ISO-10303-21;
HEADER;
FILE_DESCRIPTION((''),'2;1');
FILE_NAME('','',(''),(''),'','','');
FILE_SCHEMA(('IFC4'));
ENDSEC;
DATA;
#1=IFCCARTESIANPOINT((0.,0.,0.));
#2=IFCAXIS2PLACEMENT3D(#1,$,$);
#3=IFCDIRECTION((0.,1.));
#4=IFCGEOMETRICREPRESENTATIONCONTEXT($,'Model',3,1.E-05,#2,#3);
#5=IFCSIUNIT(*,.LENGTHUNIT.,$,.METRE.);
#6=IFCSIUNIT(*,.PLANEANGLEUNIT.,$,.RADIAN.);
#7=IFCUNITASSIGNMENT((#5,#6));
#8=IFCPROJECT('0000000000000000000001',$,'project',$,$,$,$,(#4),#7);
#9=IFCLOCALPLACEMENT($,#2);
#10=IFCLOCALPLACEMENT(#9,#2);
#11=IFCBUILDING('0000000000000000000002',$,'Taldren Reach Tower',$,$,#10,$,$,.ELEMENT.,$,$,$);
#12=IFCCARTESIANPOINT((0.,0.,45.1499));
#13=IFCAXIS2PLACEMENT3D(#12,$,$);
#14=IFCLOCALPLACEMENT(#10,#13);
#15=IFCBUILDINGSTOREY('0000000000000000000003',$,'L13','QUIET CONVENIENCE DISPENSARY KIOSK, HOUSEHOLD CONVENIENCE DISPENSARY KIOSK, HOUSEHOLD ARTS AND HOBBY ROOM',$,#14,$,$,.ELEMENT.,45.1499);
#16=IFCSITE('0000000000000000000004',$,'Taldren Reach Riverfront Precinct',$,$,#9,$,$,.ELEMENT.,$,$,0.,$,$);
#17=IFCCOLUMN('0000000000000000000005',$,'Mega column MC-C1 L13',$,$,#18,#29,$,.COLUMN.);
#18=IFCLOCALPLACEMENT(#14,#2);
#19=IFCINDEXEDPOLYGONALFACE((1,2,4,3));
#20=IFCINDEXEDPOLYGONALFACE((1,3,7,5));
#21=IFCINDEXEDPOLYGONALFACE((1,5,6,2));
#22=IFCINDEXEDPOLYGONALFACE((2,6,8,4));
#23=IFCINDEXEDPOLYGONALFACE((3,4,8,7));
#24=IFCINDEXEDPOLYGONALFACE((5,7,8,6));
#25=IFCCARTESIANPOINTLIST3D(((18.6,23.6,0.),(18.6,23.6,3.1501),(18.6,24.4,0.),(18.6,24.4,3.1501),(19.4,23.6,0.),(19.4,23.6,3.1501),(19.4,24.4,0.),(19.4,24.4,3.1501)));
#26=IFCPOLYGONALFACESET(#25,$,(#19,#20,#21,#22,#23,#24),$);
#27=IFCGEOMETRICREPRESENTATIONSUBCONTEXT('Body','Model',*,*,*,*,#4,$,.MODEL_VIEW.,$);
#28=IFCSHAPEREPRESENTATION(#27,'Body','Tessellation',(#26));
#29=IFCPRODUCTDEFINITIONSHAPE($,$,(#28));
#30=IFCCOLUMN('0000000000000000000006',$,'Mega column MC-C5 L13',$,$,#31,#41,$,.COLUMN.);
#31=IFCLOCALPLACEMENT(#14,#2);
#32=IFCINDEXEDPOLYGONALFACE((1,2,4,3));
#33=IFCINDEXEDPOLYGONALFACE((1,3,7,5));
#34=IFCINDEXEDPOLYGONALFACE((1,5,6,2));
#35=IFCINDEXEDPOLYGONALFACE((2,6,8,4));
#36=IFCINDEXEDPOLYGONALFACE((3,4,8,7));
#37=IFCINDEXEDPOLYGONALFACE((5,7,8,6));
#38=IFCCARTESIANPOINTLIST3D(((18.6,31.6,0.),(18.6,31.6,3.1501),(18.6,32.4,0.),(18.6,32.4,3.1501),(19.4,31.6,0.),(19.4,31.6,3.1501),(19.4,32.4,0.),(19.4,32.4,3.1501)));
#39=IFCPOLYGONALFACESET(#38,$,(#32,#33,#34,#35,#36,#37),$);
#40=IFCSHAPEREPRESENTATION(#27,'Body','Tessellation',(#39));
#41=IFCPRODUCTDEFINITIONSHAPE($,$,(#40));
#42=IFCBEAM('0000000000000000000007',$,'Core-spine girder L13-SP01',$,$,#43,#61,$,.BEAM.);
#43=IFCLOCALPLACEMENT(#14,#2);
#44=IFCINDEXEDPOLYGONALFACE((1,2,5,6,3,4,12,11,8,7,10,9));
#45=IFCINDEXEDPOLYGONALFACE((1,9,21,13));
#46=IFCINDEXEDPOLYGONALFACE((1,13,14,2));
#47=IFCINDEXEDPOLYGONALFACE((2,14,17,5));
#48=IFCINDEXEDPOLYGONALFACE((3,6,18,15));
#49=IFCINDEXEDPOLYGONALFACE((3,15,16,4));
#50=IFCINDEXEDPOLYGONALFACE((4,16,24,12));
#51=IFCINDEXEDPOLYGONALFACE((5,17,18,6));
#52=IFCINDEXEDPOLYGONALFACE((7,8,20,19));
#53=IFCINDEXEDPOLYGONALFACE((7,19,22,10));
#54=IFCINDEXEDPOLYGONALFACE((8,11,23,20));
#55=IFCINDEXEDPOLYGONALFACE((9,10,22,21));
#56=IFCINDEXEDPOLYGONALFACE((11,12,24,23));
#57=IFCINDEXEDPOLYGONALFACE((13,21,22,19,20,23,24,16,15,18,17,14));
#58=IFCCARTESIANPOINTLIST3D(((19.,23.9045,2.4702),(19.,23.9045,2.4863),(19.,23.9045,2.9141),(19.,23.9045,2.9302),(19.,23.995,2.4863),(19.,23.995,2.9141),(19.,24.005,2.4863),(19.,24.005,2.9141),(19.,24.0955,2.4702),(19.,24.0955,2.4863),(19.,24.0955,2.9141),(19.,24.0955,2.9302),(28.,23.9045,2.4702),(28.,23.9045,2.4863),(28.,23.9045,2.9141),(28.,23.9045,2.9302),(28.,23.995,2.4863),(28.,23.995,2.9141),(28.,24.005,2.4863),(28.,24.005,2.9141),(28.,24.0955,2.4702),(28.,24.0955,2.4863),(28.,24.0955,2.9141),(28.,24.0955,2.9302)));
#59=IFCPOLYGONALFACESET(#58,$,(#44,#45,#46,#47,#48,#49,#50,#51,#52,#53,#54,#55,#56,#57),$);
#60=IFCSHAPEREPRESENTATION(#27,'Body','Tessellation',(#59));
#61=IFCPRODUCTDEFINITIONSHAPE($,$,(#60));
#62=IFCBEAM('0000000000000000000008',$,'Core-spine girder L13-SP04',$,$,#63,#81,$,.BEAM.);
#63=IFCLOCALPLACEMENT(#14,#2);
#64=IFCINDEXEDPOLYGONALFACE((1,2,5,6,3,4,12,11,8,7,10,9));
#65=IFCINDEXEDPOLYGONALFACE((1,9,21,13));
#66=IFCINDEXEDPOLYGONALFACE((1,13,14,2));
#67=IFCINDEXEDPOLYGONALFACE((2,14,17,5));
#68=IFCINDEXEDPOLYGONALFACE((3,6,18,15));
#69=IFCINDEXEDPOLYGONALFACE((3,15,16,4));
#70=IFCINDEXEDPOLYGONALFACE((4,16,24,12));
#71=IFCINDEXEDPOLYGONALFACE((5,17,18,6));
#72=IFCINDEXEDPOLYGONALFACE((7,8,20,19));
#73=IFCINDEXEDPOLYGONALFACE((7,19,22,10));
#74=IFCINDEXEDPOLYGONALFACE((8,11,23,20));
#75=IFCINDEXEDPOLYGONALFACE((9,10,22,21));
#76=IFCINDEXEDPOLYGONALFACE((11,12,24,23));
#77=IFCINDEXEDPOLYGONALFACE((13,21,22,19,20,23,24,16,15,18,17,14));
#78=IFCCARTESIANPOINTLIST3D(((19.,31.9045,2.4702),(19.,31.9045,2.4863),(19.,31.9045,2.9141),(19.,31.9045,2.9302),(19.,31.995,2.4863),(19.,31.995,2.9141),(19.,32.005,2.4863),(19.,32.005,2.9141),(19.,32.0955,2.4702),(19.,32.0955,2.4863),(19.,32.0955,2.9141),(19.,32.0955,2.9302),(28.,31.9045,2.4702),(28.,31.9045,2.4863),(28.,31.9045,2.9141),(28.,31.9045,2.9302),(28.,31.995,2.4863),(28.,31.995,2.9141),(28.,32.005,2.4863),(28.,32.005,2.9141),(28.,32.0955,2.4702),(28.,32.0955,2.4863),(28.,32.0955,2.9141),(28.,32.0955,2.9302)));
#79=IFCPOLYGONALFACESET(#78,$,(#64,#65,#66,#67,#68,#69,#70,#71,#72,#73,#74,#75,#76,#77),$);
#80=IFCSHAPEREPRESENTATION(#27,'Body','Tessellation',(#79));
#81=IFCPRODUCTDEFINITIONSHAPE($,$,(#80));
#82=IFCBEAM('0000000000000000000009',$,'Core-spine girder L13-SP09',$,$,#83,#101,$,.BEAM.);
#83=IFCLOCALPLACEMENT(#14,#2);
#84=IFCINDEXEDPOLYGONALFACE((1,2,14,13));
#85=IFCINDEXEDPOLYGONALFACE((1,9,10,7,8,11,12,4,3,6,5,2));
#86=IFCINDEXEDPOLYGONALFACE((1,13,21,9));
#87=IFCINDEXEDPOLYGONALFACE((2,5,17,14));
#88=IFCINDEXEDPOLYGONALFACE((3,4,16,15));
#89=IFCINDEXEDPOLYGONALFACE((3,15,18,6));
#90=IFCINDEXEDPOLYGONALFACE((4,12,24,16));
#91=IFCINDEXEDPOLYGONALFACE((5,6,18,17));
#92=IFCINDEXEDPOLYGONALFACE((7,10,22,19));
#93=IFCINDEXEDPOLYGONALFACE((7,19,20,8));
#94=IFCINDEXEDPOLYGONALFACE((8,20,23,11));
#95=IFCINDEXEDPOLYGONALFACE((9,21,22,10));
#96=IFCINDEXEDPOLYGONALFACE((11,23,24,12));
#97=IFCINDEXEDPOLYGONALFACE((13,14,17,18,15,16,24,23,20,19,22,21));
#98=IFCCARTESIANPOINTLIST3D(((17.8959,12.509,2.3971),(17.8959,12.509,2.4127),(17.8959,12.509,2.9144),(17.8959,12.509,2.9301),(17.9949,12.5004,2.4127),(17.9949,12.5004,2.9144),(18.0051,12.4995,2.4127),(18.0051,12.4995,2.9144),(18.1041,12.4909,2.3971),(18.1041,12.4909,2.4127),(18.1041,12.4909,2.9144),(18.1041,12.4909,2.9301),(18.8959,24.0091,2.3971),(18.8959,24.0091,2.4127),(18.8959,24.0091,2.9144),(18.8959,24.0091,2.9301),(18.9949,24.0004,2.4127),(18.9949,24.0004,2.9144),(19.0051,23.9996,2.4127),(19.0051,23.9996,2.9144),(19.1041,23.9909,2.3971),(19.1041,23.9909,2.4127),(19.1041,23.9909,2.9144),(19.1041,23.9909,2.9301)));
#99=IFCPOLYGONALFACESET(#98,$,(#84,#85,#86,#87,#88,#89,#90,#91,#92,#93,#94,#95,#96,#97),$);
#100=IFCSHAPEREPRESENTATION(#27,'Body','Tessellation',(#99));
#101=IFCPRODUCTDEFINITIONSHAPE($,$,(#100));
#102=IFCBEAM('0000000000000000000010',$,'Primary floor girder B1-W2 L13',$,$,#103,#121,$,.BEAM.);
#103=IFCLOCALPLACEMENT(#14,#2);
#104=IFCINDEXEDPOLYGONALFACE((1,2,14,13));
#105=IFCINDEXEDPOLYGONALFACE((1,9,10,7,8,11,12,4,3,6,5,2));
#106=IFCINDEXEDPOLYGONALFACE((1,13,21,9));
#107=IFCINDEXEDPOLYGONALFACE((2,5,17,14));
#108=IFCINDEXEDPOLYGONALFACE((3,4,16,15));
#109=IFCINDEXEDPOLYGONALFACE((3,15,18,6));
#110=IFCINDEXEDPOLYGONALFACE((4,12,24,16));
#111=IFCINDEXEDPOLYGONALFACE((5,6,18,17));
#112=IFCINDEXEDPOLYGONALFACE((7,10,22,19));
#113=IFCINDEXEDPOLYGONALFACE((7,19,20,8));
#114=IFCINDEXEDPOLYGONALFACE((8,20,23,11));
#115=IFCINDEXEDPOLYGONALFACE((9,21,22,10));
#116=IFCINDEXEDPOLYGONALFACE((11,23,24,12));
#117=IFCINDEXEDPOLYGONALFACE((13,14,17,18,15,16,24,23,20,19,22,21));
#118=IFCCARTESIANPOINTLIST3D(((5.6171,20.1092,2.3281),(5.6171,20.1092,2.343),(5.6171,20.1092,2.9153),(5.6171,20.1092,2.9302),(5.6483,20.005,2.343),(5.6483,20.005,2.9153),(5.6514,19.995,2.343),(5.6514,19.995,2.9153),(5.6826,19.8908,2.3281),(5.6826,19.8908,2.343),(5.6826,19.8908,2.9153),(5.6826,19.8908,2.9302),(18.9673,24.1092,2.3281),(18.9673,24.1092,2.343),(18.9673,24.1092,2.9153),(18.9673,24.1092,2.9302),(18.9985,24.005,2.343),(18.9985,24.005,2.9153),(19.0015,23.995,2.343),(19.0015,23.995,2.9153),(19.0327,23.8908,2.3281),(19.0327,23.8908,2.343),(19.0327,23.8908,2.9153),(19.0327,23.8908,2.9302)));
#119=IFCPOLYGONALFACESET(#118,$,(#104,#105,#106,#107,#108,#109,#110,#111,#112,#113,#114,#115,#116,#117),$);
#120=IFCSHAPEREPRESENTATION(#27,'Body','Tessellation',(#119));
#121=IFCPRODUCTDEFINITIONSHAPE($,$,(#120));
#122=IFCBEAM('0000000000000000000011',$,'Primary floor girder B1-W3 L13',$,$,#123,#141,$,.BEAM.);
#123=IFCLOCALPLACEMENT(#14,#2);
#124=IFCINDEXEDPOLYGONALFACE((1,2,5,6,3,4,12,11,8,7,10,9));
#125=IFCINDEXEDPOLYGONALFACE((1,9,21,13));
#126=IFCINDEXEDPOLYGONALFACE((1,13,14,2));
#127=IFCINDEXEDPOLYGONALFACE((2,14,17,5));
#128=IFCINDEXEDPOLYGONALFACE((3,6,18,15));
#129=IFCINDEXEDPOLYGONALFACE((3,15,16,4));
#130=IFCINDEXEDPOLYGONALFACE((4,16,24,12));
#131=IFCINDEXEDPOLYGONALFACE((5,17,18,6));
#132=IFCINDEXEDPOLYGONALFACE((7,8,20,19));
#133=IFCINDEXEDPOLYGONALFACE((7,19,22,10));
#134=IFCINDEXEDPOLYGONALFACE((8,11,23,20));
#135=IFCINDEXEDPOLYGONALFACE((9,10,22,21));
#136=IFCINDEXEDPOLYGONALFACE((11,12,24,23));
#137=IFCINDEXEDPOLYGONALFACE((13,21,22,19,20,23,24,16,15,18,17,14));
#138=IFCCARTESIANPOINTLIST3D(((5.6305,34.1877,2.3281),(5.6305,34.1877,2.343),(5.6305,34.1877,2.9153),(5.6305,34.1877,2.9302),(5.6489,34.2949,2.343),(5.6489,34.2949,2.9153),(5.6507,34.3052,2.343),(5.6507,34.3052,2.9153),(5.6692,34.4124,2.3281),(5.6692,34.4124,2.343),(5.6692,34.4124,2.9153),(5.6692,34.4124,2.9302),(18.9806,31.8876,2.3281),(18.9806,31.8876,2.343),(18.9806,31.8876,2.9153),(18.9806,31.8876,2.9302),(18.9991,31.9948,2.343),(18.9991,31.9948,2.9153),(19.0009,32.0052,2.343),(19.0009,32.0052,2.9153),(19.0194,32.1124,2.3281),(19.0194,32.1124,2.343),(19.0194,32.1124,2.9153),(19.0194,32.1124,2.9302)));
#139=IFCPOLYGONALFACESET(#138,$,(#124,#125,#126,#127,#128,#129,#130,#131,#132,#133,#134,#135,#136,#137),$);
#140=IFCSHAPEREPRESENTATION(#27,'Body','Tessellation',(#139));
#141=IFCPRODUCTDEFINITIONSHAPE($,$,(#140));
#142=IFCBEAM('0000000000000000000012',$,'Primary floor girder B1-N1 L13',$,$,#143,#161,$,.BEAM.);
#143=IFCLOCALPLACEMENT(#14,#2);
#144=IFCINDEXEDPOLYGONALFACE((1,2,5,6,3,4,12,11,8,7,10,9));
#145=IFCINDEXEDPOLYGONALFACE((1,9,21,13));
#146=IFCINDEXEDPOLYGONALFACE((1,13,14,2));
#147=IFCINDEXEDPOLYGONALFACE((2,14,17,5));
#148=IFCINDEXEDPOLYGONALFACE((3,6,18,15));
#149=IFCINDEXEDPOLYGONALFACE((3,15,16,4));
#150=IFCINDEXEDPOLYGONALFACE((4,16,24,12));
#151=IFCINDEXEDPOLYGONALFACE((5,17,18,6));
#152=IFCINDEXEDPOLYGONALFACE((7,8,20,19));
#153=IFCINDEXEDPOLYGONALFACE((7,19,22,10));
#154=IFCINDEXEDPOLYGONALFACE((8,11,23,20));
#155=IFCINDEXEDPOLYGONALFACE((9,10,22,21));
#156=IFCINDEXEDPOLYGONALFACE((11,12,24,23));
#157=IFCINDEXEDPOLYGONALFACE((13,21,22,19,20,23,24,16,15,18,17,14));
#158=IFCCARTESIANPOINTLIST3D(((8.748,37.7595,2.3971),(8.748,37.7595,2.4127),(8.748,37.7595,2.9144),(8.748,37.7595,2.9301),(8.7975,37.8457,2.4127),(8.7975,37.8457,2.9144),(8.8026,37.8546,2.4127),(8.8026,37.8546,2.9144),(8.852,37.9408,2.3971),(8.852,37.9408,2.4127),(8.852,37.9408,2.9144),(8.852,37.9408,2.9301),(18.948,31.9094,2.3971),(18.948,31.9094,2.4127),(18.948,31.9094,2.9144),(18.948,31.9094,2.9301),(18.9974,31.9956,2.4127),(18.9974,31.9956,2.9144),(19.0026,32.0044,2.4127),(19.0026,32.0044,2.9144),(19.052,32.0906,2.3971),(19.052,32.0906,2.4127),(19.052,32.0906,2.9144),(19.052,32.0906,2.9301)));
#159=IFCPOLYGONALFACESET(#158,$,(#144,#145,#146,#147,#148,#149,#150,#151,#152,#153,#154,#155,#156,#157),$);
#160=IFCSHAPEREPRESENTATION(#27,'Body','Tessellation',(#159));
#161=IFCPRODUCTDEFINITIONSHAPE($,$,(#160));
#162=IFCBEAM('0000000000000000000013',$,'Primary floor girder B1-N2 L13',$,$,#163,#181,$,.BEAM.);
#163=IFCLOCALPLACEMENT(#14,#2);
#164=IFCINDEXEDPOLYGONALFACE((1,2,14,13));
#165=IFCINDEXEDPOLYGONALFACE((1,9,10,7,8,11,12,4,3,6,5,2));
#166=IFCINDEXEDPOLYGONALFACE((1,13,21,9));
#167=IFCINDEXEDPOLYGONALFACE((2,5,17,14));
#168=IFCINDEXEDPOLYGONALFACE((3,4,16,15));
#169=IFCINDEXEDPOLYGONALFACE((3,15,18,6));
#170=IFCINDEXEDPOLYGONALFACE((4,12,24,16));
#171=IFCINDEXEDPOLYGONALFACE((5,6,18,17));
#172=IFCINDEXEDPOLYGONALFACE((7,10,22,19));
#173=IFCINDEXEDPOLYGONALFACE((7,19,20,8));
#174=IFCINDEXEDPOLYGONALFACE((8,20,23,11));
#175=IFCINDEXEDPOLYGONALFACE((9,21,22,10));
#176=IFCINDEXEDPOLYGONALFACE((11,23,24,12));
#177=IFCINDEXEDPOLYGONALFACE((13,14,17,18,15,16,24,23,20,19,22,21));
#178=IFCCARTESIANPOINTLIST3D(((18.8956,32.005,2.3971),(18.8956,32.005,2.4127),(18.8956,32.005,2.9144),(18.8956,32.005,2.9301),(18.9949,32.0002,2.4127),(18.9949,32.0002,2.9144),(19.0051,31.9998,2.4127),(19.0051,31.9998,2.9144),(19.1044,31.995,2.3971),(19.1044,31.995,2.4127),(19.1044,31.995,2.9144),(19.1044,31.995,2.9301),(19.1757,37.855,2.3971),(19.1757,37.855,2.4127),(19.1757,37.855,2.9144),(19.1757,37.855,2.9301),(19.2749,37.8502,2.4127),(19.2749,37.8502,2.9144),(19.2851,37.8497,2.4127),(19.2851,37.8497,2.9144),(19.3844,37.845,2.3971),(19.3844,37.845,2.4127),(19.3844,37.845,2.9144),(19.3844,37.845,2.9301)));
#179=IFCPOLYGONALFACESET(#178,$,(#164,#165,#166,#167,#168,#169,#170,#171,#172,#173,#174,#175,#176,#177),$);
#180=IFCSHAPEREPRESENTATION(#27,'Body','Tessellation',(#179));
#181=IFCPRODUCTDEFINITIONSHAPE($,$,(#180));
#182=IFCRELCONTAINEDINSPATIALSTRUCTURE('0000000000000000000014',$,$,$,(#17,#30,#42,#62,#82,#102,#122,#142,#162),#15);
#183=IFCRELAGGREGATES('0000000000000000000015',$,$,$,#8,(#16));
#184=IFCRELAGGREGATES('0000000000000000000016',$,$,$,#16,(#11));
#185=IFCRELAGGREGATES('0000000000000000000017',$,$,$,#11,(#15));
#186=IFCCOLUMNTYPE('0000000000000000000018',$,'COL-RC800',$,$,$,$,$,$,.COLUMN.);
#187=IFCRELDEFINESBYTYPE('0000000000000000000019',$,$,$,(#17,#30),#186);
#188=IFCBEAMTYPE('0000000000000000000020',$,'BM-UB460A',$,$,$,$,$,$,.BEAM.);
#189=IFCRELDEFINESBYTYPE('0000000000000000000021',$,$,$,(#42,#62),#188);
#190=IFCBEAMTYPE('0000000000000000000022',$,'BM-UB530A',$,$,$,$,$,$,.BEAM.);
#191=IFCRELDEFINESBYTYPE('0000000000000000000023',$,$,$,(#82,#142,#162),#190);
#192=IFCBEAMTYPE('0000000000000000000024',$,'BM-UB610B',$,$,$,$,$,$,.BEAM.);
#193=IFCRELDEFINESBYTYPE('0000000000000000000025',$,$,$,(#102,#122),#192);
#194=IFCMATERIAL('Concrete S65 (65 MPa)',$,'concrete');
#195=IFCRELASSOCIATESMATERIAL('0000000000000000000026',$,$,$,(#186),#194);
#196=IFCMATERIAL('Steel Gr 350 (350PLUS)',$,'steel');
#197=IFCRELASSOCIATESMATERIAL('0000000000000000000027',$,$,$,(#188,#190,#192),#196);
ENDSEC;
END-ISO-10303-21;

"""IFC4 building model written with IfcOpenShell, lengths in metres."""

from ifc_helpers import new_model, si_unit, direction, frame, origin, origin_2d, place, context, subcontext, project, spatial, rectangle, i_section, extrude, source, transform, mapped, material, material_profile, profile_set, type_object, element, save


model = new_model("IFC4")

# Units and contexts
model_context = context("Model", 3, precision=1e-05, world=origin(), true_north=direction((0.0, 1.0)))
body_context = subcontext(model_context, "Body", "Model", "MODEL_VIEW")
ifc_project = project(units=[si_unit("LENGTHUNIT", "METRE"), si_unit("PLANEANGLEUNIT", "RADIAN")], contexts=[model_context])

# Site, building, storey
site_placement = place(None, origin())
site = spatial("IfcSite", under=ifc_project, at=site_placement, Name="Taldren Reach Riverfront Precinct", CompositionType="ELEMENT", RefElevation=0.0)
building_placement = place(site_placement, origin())
building = spatial("IfcBuilding", under=site, at=building_placement, Name="Taldren Reach Tower", CompositionType="ELEMENT")
storey_placement = place(building_placement, frame((0.0, 0.0, 45.1499)))
storey = spatial("IfcBuildingStorey", under=building, at=storey_placement, Name="L13", Description="QUIET CONVENIENCE DISPENSARY KIOSK, HOUSEHOLD CONVENIENCE DISPENSARY KIOSK, HOUSEHOLD ARTS AND HOBBY ROOM", CompositionType="ELEMENT", Elevation=45.1499)

# Columns
ifc_material_1 = material(Name="Concrete S65 (65 MPa)", Category="concrete")
ifc_material_profile_1 = material_profile(ifc_material_1, rectangle(XDim=0.8, YDim=0.8, at=origin_2d()), Name="RC-800x800")
ifc_profile_set_1 = profile_set([ifc_material_profile_1], Name="Concrete S65 (65 MPa)")
column_type = type_object("IfcColumnType", Name="COL-RC800", PredefinedType="COLUMN", material=ifc_profile_set_1)
shared_shape_1 = source(origin(), body_context, "Body", "SweptSolid", [
    extrude(rectangle(XDim=0.8, YDim=0.8, at=origin_2d()), origin(), (0.0, 0.0, 1.0), 3.1501),
])
for number, where, z_axis, x_axis, name in (
    (1, (19.0, 24.0, 0.0), (0.0, 0.0, 1.0), (1.0, 0.0, 0.0), "Mega column MC-C1 L13"),
    (2, (19.0, 32.0, 0.0), (0.0, 0.0, 1.0), (1.0, 0.0, 0.0), "Mega column MC-C5 L13"),
):
    element("IfcColumn", number, at=place(storey_placement, frame(where, z_axis=z_axis, x_axis=x_axis)), inside=storey, type_object=column_type, Name=name, PredefinedType="COLUMN", context=body_context, shape_type="MappedRepresentation", body=[
        mapped(shared_shape_1, transform((0.0, 0.0, 0.0), scale=1.0)),
    ])

# Beams
ifc_material_2 = material(Name="Steel Gr 350 (350PLUS)", Category="steel")
ifc_material_profile_2 = material_profile(ifc_material_2, i_section(OverallWidth=0.1909, OverallDepth=0.46, WebThickness=0.01, FlangeThickness=0.0161, at=origin_2d()), Name="460UB82.1")
ifc_profile_set_2 = profile_set([ifc_material_profile_2], Name="Steel Gr 350 (350PLUS)")
beam_type_1 = type_object("IfcBeamType", Name="BM-UB460A", PredefinedType="BEAM", material=ifc_profile_set_2)
shared_shape_2 = source(origin(), body_context, "Body", "SweptSolid", [
    extrude(i_section(OverallWidth=0.1909, OverallDepth=0.46, WebThickness=0.01, FlangeThickness=0.0161, at=origin_2d()), origin(), (0.0, 0.0, 1.0), 9.0),
])
for number, where, z_axis, x_axis, name in (
    (3, (19.0, 24.0, 2.7002), (1.0, 0.0, 0.0), (0.0, 1.0, 0.0), "Core-spine girder L13-SP01"),
    (4, (19.0, 32.0, 2.7002), (1.0, 0.0, 0.0), (0.0, 1.0, 0.0), "Core-spine girder L13-SP04"),
):
    element("IfcBeam", number, at=place(storey_placement, frame(where, z_axis=z_axis, x_axis=x_axis)), inside=storey, type_object=beam_type_1, Name=name, PredefinedType="BEAM", context=body_context, shape_type="MappedRepresentation", body=[
        mapped(shared_shape_2, transform((0.0, 0.0, 0.0), scale=1.0)),
    ])
ifc_material_profile_3 = material_profile(ifc_material_2, i_section(OverallWidth=0.209, OverallDepth=0.533, WebThickness=0.0103, FlangeThickness=0.0156, at=origin_2d()), Name="530UB92.4")
ifc_profile_set_3 = profile_set([ifc_material_profile_3], Name="Steel Gr 350 (350PLUS)")
beam_type_2 = type_object("IfcBeamType", Name="BM-UB530A", PredefinedType="BEAM", material=ifc_profile_set_3)
shared_shape_3 = source(origin(), body_context, "Body", "SweptSolid", [
    extrude(i_section(OverallWidth=0.209, OverallDepth=0.533, WebThickness=0.0103, FlangeThickness=0.0156, at=origin_2d()), origin(), (0.0, 0.0, 1.0), 11.5435),
])
beam_1_placement = place(storey_placement, frame((19.0, 24.0, 2.6636), z_axis=(-0.08663, -0.996241, 0.0), x_axis=(0.996241, -0.08663, 0.0)))
element("IfcBeam", 5, at=beam_1_placement, inside=storey, type_object=beam_type_2, Name="Core-spine girder L13-SP09", PredefinedType="BEAM", context=body_context, shape_type="MappedRepresentation", body=[
    mapped(shared_shape_3, transform((0.0, 0.0, 0.0), scale=1.0)),
])
ifc_material_profile_4 = material_profile(ifc_material_2, i_section(OverallWidth=0.228, OverallDepth=0.6021, WebThickness=0.0105, FlangeThickness=0.0149, at=origin_2d()), Name="610UB101")
ifc_profile_set_4 = profile_set([ifc_material_profile_4], Name="Steel Gr 350 (350PLUS)")
beam_type_3 = type_object("IfcBeamType", Name="BM-UB610B", PredefinedType="BEAM", material=ifc_profile_set_4)
shared_shape_4 = source(origin(), body_context, "Body", "SweptSolid", [
    extrude(i_section(OverallWidth=0.228, OverallDepth=0.6021, WebThickness=0.0105, FlangeThickness=0.0149, at=origin_2d()), origin(), (0.0, 0.0, 1.0), 13.9365),
])
beam_2_placement = place(storey_placement, frame((19.0, 24.0, 2.6292), z_axis=(-0.957926, -0.287017, 0.0), x_axis=(0.287017, -0.957926, 0.0)))
element("IfcBeam", 6, at=beam_2_placement, inside=storey, type_object=beam_type_3, Name="Primary floor girder B1-W2 L13", PredefinedType="BEAM", context=body_context, shape_type="MappedRepresentation", body=[
    mapped(shared_shape_4, transform((0.0, 0.0, 0.0), scale=1.0)),
])
shared_shape_5 = source(origin(), body_context, "Body", "SweptSolid", [
    extrude(i_section(OverallWidth=0.228, OverallDepth=0.6021, WebThickness=0.0105, FlangeThickness=0.0149, at=origin_2d()), origin(), (0.0, 0.0, 1.0), 13.5469),
])
beam_3_placement = place(storey_placement, frame((19.0, 32.0, 2.6292), z_axis=(-0.985481, 0.169786, 0.0), x_axis=(-0.169786, -0.985481, 0.0)))
element("IfcBeam", 7, at=beam_3_placement, inside=storey, type_object=beam_type_3, Name="Primary floor girder B1-W3 L13", PredefinedType="BEAM", context=body_context, shape_type="MappedRepresentation", body=[
    mapped(shared_shape_5, transform((0.0, 0.0, 0.0), scale=1.0)),
])
shared_shape_6 = source(origin(), body_context, "Body", "SweptSolid", [
    extrude(i_section(OverallWidth=0.209, OverallDepth=0.533, WebThickness=0.0103, FlangeThickness=0.0156, at=origin_2d()), origin(), (0.0, 0.0, 1.0), 11.7585),
])
beam_4_placement = place(storey_placement, frame((19.0, 32.0, 2.6636), z_axis=(-0.867452, 0.49752, 0.0), x_axis=(-0.49752, -0.867452, 0.0)))
element("IfcBeam", 8, at=beam_4_placement, inside=storey, type_object=beam_type_2, Name="Primary floor girder B1-N1 L13", PredefinedType="BEAM", context=body_context, shape_type="MappedRepresentation", body=[
    mapped(shared_shape_6, transform((0.0, 0.0, 0.0), scale=1.0)),
])
shared_shape_7 = source(origin(), body_context, "Body", "SweptSolid", [
    extrude(i_section(OverallWidth=0.209, OverallDepth=0.533, WebThickness=0.0103, FlangeThickness=0.0156, at=origin_2d()), origin(), (0.0, 0.0, 1.0), 5.8567),
])
beam_5_placement = place(storey_placement, frame((19.0, 32.0, 2.6636), z_axis=(0.047813, 0.998856, 0.0), x_axis=(-0.998856, 0.047813, 0.0)))
element("IfcBeam", 9, at=beam_5_placement, inside=storey, type_object=beam_type_2, Name="Primary floor girder B1-N2 L13", PredefinedType="BEAM", context=body_context, shape_type="MappedRepresentation", body=[
    mapped(shared_shape_7, transform((0.0, 0.0, 0.0), scale=1.0)),
])

save(model, "model.ifc")
